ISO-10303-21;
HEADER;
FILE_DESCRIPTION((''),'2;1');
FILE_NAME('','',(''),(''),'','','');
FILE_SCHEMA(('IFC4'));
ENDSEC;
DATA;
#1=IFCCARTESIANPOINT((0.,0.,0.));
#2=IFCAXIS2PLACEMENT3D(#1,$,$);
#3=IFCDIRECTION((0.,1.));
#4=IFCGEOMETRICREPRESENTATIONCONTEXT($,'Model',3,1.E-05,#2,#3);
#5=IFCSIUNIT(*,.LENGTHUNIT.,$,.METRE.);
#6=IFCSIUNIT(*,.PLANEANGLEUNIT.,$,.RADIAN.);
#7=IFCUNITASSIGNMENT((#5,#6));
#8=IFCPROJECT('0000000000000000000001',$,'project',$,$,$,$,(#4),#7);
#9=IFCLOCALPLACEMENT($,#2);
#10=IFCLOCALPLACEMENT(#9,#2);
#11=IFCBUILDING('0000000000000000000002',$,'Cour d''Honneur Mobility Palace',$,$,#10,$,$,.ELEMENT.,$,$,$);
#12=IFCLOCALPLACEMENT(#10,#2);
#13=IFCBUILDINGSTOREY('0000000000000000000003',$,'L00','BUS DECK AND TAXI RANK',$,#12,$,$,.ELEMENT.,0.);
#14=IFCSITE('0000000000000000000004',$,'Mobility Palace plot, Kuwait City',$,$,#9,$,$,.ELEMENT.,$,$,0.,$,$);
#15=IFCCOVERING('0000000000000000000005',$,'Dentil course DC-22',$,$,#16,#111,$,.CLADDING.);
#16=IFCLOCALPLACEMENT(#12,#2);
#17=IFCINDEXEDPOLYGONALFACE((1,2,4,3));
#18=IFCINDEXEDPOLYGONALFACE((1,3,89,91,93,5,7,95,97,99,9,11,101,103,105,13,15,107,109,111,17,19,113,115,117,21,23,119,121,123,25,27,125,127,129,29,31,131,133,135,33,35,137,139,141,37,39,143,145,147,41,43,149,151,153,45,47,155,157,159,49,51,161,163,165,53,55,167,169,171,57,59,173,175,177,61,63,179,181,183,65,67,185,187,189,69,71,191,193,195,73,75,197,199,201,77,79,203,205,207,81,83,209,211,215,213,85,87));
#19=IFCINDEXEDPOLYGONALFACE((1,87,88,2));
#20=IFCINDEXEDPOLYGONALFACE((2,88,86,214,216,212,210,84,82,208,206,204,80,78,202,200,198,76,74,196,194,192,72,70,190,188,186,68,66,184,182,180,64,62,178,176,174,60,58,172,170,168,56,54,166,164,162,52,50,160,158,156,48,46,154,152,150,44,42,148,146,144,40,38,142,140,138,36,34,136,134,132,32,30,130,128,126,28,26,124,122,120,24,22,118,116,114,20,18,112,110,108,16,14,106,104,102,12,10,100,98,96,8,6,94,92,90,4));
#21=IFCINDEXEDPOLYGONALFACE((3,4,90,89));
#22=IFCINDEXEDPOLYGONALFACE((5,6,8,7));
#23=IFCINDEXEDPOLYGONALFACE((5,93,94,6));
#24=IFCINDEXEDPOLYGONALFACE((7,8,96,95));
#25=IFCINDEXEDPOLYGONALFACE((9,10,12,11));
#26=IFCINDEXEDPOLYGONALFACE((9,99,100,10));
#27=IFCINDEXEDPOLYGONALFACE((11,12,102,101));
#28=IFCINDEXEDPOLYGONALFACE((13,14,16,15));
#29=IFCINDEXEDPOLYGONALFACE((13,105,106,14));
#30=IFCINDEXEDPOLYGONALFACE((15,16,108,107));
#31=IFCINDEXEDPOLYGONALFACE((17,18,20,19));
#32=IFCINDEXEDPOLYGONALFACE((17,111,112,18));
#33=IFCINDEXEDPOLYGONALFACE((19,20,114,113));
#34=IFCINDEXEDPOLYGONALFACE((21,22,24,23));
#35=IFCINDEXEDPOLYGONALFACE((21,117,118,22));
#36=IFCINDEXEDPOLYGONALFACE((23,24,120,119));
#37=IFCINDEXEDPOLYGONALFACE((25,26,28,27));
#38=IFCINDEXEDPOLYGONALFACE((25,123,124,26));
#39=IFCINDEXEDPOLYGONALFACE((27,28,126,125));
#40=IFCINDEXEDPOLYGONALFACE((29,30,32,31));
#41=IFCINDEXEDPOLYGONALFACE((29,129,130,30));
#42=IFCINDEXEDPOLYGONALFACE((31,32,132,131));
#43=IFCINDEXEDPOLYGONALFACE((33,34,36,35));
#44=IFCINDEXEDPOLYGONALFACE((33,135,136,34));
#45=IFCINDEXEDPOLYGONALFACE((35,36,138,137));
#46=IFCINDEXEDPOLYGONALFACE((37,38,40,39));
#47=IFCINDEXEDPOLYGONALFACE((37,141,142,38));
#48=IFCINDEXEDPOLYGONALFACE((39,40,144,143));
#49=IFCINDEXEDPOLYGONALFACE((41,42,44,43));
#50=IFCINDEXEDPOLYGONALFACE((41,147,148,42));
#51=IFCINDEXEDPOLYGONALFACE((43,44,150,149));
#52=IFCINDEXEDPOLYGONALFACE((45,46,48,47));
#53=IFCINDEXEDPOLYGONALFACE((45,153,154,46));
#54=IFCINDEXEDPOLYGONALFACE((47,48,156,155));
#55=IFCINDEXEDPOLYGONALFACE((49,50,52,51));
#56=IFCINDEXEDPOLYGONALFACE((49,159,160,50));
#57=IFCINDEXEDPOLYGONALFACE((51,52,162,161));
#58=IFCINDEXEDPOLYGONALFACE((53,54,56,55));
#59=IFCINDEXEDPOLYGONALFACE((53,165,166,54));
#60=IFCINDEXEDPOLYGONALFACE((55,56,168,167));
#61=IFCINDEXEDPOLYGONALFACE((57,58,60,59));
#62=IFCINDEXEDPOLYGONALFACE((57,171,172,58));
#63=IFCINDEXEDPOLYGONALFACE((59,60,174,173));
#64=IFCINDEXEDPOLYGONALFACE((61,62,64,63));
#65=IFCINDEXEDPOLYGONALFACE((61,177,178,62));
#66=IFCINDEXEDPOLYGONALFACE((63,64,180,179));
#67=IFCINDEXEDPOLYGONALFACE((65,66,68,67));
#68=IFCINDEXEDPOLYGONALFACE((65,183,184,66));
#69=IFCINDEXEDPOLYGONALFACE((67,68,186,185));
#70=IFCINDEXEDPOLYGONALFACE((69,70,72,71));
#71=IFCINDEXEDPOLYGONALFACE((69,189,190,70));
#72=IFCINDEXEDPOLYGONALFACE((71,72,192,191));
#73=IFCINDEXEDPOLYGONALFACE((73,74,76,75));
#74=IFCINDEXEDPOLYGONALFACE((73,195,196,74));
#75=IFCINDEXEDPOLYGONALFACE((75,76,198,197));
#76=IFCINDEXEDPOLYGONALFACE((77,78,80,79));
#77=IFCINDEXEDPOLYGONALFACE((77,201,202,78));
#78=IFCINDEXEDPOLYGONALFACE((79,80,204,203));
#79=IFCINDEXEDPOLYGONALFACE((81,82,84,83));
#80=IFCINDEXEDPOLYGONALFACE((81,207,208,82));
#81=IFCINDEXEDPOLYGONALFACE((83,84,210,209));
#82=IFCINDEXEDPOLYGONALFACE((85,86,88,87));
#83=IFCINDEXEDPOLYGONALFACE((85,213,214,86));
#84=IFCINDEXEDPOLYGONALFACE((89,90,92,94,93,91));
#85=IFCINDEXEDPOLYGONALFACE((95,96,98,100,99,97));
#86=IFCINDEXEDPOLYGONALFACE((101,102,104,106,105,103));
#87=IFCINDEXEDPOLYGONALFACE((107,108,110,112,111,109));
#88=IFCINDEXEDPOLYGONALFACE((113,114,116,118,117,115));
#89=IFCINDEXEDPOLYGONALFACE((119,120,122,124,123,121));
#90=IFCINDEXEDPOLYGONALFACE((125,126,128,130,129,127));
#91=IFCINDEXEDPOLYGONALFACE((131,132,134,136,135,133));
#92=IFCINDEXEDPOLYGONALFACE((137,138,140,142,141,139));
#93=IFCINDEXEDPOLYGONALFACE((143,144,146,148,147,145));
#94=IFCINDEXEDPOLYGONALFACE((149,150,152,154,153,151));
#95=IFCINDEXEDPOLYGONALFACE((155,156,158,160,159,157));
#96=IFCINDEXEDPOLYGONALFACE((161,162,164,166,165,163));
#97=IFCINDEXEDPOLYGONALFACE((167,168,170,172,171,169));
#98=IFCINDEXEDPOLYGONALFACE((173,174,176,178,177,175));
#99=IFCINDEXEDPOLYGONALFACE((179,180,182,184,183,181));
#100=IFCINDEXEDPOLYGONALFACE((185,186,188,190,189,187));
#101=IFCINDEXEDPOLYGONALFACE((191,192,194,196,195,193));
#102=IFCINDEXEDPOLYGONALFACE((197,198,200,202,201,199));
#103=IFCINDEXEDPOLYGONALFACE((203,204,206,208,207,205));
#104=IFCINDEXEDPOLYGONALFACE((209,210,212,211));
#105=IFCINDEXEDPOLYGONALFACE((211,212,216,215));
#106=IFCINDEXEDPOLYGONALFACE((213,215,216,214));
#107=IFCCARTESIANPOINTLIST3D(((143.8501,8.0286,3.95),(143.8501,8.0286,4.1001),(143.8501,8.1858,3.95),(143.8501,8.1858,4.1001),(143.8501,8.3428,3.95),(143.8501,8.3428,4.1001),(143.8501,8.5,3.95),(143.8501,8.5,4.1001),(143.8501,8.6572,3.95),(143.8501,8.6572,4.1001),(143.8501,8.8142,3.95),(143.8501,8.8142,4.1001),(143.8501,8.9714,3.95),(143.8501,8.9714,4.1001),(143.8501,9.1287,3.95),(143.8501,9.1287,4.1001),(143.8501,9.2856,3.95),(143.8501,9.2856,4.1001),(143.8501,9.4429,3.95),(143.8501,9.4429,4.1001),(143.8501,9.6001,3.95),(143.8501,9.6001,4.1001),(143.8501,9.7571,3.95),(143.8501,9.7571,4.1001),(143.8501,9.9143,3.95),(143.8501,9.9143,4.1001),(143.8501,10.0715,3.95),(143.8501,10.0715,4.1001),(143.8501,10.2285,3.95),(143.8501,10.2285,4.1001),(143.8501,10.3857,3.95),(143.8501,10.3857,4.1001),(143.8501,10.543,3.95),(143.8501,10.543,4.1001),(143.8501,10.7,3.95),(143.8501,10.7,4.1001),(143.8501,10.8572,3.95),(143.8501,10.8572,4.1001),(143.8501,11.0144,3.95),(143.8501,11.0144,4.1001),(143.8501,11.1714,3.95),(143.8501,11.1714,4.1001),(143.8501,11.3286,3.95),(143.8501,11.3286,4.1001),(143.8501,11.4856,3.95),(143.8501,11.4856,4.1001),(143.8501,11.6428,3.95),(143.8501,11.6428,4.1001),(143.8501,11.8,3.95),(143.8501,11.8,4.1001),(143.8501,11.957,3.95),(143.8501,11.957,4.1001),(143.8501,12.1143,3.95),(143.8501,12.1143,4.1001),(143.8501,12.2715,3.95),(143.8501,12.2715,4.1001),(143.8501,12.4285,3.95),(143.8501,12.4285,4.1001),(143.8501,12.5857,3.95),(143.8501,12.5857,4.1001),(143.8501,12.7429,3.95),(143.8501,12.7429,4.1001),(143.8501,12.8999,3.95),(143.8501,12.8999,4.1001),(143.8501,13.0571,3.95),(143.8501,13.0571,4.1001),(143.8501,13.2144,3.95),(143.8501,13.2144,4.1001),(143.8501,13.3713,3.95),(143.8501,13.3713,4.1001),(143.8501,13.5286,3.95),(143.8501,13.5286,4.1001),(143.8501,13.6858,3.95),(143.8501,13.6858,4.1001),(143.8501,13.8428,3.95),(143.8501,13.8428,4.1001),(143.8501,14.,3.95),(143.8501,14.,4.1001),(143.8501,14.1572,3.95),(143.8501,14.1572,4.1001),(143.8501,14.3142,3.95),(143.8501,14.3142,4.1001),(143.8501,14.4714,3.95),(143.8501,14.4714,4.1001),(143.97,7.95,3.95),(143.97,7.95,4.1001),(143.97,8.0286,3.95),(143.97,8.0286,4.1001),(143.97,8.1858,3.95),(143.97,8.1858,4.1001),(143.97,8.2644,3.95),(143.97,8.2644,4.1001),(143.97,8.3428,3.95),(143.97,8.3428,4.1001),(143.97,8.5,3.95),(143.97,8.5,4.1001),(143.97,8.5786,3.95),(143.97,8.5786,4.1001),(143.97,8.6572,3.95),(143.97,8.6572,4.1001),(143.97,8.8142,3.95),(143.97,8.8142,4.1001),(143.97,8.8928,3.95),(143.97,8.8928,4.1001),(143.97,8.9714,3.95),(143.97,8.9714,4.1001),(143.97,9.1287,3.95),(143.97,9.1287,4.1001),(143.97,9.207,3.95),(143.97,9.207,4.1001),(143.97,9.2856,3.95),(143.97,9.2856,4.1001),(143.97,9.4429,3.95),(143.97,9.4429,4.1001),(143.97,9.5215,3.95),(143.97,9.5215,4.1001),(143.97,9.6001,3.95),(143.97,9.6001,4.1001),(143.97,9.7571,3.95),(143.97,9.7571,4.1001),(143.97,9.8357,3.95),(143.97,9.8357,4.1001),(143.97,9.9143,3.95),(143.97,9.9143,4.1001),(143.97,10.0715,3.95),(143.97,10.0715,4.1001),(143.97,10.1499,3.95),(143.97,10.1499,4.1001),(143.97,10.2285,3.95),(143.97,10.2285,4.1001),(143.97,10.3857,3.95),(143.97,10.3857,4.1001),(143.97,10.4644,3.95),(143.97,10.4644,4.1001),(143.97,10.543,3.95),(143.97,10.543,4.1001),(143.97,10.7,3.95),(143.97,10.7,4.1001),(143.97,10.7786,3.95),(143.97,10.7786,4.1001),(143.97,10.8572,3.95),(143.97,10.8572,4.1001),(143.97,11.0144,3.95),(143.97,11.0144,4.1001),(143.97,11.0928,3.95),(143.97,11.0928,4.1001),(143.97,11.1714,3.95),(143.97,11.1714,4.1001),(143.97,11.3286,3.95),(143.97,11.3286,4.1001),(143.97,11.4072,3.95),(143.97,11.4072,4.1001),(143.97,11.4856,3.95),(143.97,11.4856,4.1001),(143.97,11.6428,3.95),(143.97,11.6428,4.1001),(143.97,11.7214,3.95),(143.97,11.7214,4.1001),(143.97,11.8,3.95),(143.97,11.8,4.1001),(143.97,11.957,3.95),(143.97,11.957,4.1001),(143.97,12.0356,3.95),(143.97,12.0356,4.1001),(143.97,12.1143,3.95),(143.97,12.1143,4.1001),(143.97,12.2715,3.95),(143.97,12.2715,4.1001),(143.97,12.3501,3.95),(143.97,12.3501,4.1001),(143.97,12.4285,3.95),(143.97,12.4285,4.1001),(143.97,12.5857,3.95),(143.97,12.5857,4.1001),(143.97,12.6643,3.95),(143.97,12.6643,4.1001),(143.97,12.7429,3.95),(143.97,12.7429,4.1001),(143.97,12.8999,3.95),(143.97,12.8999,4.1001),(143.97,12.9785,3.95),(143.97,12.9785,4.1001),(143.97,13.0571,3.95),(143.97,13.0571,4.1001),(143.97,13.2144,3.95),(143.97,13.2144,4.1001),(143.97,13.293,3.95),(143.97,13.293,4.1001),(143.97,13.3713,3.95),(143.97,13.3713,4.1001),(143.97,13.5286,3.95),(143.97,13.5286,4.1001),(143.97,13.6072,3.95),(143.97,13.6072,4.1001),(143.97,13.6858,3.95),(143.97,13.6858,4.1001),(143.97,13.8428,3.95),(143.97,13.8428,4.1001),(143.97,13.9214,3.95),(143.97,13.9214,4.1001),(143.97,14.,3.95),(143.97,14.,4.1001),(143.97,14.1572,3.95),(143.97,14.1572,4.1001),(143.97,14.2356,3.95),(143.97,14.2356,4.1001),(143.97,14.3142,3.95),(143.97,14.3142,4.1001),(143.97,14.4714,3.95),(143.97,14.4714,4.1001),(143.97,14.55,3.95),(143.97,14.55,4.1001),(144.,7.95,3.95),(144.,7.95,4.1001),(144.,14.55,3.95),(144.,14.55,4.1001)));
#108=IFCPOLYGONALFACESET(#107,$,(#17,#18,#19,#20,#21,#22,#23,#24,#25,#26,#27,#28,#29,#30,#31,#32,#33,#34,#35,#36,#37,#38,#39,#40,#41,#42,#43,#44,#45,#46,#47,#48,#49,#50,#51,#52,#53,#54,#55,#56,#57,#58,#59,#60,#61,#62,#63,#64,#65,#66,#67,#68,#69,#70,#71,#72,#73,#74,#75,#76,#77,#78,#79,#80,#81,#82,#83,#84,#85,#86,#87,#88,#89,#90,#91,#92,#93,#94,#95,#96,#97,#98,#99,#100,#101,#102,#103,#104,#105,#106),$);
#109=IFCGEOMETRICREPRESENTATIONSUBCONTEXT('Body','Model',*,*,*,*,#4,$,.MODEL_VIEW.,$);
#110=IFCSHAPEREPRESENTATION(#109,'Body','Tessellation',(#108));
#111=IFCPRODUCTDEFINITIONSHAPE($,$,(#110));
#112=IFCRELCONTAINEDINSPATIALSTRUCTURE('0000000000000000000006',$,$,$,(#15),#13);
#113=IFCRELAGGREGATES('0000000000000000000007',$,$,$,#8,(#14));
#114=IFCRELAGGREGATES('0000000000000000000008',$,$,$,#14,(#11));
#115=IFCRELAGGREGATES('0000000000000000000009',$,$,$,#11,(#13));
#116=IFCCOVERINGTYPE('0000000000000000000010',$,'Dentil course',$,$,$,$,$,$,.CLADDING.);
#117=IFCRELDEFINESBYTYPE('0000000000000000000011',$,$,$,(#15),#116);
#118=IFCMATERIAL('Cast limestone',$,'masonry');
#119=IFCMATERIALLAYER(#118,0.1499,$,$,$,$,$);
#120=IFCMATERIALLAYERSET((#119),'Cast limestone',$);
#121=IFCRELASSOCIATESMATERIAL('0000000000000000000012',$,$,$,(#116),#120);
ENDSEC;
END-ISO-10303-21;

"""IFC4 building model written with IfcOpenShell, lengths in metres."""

from ifc_helpers import new_model, si_unit, direction, frame, origin, place, context, subcontext, project, spatial, polyline, outline, extrude, material, layer, layer_set, type_object, element, save


model = new_model("IFC4")

# Units and contexts
model_context = context("Model", 3, precision=1e-05, world=origin(), true_north=direction((0.0, 1.0)))
body_context = subcontext(model_context, "Body", "Model", "MODEL_VIEW")
ifc_project = project(units=[si_unit("LENGTHUNIT", "METRE"), si_unit("PLANEANGLEUNIT", "RADIAN")], contexts=[model_context])

# Site, building, storey
site_placement = place(None, origin())
site = spatial("IfcSite", under=ifc_project, at=site_placement, Name="Mobility Palace plot, Kuwait City", CompositionType="ELEMENT", RefElevation=0.0)
building_placement = place(site_placement, origin())
building = spatial("IfcBuilding", under=site, at=building_placement, Name="Cour d'Honneur Mobility Palace", CompositionType="ELEMENT")
storey_placement = place(building_placement, origin())
storey = spatial("IfcBuildingStorey", under=building, at=storey_placement, Name="L00", Description="BUS DECK AND TAXI RANK", CompositionType="ELEMENT", Elevation=0.0)

# Covering
ifc_material = material(Name="Cast limestone", Category="masonry")
ifc_layer = layer(ifc_material, 0.1499)
ifc_layer_set = layer_set([ifc_layer], Name="Cast limestone")
covering_type = type_object("IfcCoveringType", Name="Dentil course", PredefinedType="CLADDING", material=ifc_layer_set)
covering_1_placement = place(storey_placement, frame((0.0, 0.0, 3.95)))
element("IfcCovering", 1, at=covering_1_placement, inside=storey, type_object=covering_type, Name="Dentil course DC-22", PredefinedType="CLADDING", context=body_context, shape_type="SweptSolid", body=[
    extrude(outline(polyline([(144.0, 14.55), (144.0, 7.95), (143.97, 7.95), (143.97, 7.95), (143.97, 8.0286), (143.8501, 8.0286), (143.8501, 8.1858), (143.97, 8.1858), (143.97, 8.2644), (143.97, 8.2644), (143.97, 8.3428), (143.8501, 8.3428), (143.8501, 8.5), (143.97, 8.5), (143.97, 8.5786), (143.97, 8.5786), (143.97, 8.6572), (143.8501, 8.6572), (143.8501, 8.8142), (143.97, 8.8142), (143.97, 8.8928), (143.97, 8.8928), (143.97, 8.9714), (143.8501, 8.9714), (143.8501, 9.1287), (143.97, 9.1287), (143.97, 9.207), (143.97, 9.207), (143.97, 9.2856), (143.8501, 9.2856), (143.8501, 9.4429), (143.97, 9.4429), (143.97, 9.5215), (143.97, 9.5215), (143.97, 9.6001), (143.8501, 9.6001), (143.8501, 9.7571), (143.97, 9.7571), (143.97, 9.8357), (143.97, 9.8357), (143.97, 9.9143), (143.8501, 9.9143), (143.8501, 10.0715), (143.97, 10.0715), (143.97, 10.1499), (143.97, 10.1499), (143.97, 10.2285), (143.8501, 10.2285), (143.8501, 10.3857), (143.97, 10.3857), (143.97, 10.4644), (143.97, 10.4644), (143.97, 10.543), (143.8501, 10.543), (143.8501, 10.7), (143.97, 10.7), (143.97, 10.7786), (143.97, 10.7786), (143.97, 10.8572), (143.8501, 10.8572), (143.8501, 11.0144), (143.97, 11.0144), (143.97, 11.0928), (143.97, 11.0928), (143.97, 11.1714), (143.8501, 11.1714), (143.8501, 11.3286), (143.97, 11.3286), (143.97, 11.4072), (143.97, 11.4072), (143.97, 11.4856), (143.8501, 11.4856), (143.8501, 11.6428), (143.97, 11.6428), (143.97, 11.7214), (143.97, 11.7214), (143.97, 11.8), (143.8501, 11.8), (143.8501, 11.957), (143.97, 11.957), (143.97, 12.0356), (143.97, 12.0356), (143.97, 12.1143), (143.8501, 12.1143), (143.8501, 12.2715), (143.97, 12.2715), (143.97, 12.3501), (143.97, 12.3501), (143.97, 12.4285), (143.8501, 12.4285), (143.8501, 12.5857), (143.97, 12.5857), (143.97, 12.6643), (143.97, 12.6643), (143.97, 12.7429), (143.8501, 12.7429), (143.8501, 12.8999), (143.97, 12.8999), (143.97, 12.9785), (143.97, 12.9785), (143.97, 13.0571), (143.8501, 13.0571), (143.8501, 13.2144), (143.97, 13.2144), (143.97, 13.293), (143.97, 13.293), (143.97, 13.3713), (143.8501, 13.3713), (143.8501, 13.5286), (143.97, 13.5286), (143.97, 13.6072), (143.97, 13.6072), (143.97, 13.6858), (143.8501, 13.6858), (143.8501, 13.8428), (143.97, 13.8428), (143.97, 13.9214), (143.97, 13.9214), (143.97, 14.0), (143.8501, 14.0), (143.8501, 14.1572), (143.97, 14.1572), (143.97, 14.2356), (143.97, 14.2356), (143.97, 14.3142), (143.8501, 14.3142), (143.8501, 14.4714), (143.97, 14.4714), (143.97, 14.55), (144.0, 14.55)])), origin(), (0.0, 0.0, 1.0), 0.1501),
])

save(model, "model.ifc")
